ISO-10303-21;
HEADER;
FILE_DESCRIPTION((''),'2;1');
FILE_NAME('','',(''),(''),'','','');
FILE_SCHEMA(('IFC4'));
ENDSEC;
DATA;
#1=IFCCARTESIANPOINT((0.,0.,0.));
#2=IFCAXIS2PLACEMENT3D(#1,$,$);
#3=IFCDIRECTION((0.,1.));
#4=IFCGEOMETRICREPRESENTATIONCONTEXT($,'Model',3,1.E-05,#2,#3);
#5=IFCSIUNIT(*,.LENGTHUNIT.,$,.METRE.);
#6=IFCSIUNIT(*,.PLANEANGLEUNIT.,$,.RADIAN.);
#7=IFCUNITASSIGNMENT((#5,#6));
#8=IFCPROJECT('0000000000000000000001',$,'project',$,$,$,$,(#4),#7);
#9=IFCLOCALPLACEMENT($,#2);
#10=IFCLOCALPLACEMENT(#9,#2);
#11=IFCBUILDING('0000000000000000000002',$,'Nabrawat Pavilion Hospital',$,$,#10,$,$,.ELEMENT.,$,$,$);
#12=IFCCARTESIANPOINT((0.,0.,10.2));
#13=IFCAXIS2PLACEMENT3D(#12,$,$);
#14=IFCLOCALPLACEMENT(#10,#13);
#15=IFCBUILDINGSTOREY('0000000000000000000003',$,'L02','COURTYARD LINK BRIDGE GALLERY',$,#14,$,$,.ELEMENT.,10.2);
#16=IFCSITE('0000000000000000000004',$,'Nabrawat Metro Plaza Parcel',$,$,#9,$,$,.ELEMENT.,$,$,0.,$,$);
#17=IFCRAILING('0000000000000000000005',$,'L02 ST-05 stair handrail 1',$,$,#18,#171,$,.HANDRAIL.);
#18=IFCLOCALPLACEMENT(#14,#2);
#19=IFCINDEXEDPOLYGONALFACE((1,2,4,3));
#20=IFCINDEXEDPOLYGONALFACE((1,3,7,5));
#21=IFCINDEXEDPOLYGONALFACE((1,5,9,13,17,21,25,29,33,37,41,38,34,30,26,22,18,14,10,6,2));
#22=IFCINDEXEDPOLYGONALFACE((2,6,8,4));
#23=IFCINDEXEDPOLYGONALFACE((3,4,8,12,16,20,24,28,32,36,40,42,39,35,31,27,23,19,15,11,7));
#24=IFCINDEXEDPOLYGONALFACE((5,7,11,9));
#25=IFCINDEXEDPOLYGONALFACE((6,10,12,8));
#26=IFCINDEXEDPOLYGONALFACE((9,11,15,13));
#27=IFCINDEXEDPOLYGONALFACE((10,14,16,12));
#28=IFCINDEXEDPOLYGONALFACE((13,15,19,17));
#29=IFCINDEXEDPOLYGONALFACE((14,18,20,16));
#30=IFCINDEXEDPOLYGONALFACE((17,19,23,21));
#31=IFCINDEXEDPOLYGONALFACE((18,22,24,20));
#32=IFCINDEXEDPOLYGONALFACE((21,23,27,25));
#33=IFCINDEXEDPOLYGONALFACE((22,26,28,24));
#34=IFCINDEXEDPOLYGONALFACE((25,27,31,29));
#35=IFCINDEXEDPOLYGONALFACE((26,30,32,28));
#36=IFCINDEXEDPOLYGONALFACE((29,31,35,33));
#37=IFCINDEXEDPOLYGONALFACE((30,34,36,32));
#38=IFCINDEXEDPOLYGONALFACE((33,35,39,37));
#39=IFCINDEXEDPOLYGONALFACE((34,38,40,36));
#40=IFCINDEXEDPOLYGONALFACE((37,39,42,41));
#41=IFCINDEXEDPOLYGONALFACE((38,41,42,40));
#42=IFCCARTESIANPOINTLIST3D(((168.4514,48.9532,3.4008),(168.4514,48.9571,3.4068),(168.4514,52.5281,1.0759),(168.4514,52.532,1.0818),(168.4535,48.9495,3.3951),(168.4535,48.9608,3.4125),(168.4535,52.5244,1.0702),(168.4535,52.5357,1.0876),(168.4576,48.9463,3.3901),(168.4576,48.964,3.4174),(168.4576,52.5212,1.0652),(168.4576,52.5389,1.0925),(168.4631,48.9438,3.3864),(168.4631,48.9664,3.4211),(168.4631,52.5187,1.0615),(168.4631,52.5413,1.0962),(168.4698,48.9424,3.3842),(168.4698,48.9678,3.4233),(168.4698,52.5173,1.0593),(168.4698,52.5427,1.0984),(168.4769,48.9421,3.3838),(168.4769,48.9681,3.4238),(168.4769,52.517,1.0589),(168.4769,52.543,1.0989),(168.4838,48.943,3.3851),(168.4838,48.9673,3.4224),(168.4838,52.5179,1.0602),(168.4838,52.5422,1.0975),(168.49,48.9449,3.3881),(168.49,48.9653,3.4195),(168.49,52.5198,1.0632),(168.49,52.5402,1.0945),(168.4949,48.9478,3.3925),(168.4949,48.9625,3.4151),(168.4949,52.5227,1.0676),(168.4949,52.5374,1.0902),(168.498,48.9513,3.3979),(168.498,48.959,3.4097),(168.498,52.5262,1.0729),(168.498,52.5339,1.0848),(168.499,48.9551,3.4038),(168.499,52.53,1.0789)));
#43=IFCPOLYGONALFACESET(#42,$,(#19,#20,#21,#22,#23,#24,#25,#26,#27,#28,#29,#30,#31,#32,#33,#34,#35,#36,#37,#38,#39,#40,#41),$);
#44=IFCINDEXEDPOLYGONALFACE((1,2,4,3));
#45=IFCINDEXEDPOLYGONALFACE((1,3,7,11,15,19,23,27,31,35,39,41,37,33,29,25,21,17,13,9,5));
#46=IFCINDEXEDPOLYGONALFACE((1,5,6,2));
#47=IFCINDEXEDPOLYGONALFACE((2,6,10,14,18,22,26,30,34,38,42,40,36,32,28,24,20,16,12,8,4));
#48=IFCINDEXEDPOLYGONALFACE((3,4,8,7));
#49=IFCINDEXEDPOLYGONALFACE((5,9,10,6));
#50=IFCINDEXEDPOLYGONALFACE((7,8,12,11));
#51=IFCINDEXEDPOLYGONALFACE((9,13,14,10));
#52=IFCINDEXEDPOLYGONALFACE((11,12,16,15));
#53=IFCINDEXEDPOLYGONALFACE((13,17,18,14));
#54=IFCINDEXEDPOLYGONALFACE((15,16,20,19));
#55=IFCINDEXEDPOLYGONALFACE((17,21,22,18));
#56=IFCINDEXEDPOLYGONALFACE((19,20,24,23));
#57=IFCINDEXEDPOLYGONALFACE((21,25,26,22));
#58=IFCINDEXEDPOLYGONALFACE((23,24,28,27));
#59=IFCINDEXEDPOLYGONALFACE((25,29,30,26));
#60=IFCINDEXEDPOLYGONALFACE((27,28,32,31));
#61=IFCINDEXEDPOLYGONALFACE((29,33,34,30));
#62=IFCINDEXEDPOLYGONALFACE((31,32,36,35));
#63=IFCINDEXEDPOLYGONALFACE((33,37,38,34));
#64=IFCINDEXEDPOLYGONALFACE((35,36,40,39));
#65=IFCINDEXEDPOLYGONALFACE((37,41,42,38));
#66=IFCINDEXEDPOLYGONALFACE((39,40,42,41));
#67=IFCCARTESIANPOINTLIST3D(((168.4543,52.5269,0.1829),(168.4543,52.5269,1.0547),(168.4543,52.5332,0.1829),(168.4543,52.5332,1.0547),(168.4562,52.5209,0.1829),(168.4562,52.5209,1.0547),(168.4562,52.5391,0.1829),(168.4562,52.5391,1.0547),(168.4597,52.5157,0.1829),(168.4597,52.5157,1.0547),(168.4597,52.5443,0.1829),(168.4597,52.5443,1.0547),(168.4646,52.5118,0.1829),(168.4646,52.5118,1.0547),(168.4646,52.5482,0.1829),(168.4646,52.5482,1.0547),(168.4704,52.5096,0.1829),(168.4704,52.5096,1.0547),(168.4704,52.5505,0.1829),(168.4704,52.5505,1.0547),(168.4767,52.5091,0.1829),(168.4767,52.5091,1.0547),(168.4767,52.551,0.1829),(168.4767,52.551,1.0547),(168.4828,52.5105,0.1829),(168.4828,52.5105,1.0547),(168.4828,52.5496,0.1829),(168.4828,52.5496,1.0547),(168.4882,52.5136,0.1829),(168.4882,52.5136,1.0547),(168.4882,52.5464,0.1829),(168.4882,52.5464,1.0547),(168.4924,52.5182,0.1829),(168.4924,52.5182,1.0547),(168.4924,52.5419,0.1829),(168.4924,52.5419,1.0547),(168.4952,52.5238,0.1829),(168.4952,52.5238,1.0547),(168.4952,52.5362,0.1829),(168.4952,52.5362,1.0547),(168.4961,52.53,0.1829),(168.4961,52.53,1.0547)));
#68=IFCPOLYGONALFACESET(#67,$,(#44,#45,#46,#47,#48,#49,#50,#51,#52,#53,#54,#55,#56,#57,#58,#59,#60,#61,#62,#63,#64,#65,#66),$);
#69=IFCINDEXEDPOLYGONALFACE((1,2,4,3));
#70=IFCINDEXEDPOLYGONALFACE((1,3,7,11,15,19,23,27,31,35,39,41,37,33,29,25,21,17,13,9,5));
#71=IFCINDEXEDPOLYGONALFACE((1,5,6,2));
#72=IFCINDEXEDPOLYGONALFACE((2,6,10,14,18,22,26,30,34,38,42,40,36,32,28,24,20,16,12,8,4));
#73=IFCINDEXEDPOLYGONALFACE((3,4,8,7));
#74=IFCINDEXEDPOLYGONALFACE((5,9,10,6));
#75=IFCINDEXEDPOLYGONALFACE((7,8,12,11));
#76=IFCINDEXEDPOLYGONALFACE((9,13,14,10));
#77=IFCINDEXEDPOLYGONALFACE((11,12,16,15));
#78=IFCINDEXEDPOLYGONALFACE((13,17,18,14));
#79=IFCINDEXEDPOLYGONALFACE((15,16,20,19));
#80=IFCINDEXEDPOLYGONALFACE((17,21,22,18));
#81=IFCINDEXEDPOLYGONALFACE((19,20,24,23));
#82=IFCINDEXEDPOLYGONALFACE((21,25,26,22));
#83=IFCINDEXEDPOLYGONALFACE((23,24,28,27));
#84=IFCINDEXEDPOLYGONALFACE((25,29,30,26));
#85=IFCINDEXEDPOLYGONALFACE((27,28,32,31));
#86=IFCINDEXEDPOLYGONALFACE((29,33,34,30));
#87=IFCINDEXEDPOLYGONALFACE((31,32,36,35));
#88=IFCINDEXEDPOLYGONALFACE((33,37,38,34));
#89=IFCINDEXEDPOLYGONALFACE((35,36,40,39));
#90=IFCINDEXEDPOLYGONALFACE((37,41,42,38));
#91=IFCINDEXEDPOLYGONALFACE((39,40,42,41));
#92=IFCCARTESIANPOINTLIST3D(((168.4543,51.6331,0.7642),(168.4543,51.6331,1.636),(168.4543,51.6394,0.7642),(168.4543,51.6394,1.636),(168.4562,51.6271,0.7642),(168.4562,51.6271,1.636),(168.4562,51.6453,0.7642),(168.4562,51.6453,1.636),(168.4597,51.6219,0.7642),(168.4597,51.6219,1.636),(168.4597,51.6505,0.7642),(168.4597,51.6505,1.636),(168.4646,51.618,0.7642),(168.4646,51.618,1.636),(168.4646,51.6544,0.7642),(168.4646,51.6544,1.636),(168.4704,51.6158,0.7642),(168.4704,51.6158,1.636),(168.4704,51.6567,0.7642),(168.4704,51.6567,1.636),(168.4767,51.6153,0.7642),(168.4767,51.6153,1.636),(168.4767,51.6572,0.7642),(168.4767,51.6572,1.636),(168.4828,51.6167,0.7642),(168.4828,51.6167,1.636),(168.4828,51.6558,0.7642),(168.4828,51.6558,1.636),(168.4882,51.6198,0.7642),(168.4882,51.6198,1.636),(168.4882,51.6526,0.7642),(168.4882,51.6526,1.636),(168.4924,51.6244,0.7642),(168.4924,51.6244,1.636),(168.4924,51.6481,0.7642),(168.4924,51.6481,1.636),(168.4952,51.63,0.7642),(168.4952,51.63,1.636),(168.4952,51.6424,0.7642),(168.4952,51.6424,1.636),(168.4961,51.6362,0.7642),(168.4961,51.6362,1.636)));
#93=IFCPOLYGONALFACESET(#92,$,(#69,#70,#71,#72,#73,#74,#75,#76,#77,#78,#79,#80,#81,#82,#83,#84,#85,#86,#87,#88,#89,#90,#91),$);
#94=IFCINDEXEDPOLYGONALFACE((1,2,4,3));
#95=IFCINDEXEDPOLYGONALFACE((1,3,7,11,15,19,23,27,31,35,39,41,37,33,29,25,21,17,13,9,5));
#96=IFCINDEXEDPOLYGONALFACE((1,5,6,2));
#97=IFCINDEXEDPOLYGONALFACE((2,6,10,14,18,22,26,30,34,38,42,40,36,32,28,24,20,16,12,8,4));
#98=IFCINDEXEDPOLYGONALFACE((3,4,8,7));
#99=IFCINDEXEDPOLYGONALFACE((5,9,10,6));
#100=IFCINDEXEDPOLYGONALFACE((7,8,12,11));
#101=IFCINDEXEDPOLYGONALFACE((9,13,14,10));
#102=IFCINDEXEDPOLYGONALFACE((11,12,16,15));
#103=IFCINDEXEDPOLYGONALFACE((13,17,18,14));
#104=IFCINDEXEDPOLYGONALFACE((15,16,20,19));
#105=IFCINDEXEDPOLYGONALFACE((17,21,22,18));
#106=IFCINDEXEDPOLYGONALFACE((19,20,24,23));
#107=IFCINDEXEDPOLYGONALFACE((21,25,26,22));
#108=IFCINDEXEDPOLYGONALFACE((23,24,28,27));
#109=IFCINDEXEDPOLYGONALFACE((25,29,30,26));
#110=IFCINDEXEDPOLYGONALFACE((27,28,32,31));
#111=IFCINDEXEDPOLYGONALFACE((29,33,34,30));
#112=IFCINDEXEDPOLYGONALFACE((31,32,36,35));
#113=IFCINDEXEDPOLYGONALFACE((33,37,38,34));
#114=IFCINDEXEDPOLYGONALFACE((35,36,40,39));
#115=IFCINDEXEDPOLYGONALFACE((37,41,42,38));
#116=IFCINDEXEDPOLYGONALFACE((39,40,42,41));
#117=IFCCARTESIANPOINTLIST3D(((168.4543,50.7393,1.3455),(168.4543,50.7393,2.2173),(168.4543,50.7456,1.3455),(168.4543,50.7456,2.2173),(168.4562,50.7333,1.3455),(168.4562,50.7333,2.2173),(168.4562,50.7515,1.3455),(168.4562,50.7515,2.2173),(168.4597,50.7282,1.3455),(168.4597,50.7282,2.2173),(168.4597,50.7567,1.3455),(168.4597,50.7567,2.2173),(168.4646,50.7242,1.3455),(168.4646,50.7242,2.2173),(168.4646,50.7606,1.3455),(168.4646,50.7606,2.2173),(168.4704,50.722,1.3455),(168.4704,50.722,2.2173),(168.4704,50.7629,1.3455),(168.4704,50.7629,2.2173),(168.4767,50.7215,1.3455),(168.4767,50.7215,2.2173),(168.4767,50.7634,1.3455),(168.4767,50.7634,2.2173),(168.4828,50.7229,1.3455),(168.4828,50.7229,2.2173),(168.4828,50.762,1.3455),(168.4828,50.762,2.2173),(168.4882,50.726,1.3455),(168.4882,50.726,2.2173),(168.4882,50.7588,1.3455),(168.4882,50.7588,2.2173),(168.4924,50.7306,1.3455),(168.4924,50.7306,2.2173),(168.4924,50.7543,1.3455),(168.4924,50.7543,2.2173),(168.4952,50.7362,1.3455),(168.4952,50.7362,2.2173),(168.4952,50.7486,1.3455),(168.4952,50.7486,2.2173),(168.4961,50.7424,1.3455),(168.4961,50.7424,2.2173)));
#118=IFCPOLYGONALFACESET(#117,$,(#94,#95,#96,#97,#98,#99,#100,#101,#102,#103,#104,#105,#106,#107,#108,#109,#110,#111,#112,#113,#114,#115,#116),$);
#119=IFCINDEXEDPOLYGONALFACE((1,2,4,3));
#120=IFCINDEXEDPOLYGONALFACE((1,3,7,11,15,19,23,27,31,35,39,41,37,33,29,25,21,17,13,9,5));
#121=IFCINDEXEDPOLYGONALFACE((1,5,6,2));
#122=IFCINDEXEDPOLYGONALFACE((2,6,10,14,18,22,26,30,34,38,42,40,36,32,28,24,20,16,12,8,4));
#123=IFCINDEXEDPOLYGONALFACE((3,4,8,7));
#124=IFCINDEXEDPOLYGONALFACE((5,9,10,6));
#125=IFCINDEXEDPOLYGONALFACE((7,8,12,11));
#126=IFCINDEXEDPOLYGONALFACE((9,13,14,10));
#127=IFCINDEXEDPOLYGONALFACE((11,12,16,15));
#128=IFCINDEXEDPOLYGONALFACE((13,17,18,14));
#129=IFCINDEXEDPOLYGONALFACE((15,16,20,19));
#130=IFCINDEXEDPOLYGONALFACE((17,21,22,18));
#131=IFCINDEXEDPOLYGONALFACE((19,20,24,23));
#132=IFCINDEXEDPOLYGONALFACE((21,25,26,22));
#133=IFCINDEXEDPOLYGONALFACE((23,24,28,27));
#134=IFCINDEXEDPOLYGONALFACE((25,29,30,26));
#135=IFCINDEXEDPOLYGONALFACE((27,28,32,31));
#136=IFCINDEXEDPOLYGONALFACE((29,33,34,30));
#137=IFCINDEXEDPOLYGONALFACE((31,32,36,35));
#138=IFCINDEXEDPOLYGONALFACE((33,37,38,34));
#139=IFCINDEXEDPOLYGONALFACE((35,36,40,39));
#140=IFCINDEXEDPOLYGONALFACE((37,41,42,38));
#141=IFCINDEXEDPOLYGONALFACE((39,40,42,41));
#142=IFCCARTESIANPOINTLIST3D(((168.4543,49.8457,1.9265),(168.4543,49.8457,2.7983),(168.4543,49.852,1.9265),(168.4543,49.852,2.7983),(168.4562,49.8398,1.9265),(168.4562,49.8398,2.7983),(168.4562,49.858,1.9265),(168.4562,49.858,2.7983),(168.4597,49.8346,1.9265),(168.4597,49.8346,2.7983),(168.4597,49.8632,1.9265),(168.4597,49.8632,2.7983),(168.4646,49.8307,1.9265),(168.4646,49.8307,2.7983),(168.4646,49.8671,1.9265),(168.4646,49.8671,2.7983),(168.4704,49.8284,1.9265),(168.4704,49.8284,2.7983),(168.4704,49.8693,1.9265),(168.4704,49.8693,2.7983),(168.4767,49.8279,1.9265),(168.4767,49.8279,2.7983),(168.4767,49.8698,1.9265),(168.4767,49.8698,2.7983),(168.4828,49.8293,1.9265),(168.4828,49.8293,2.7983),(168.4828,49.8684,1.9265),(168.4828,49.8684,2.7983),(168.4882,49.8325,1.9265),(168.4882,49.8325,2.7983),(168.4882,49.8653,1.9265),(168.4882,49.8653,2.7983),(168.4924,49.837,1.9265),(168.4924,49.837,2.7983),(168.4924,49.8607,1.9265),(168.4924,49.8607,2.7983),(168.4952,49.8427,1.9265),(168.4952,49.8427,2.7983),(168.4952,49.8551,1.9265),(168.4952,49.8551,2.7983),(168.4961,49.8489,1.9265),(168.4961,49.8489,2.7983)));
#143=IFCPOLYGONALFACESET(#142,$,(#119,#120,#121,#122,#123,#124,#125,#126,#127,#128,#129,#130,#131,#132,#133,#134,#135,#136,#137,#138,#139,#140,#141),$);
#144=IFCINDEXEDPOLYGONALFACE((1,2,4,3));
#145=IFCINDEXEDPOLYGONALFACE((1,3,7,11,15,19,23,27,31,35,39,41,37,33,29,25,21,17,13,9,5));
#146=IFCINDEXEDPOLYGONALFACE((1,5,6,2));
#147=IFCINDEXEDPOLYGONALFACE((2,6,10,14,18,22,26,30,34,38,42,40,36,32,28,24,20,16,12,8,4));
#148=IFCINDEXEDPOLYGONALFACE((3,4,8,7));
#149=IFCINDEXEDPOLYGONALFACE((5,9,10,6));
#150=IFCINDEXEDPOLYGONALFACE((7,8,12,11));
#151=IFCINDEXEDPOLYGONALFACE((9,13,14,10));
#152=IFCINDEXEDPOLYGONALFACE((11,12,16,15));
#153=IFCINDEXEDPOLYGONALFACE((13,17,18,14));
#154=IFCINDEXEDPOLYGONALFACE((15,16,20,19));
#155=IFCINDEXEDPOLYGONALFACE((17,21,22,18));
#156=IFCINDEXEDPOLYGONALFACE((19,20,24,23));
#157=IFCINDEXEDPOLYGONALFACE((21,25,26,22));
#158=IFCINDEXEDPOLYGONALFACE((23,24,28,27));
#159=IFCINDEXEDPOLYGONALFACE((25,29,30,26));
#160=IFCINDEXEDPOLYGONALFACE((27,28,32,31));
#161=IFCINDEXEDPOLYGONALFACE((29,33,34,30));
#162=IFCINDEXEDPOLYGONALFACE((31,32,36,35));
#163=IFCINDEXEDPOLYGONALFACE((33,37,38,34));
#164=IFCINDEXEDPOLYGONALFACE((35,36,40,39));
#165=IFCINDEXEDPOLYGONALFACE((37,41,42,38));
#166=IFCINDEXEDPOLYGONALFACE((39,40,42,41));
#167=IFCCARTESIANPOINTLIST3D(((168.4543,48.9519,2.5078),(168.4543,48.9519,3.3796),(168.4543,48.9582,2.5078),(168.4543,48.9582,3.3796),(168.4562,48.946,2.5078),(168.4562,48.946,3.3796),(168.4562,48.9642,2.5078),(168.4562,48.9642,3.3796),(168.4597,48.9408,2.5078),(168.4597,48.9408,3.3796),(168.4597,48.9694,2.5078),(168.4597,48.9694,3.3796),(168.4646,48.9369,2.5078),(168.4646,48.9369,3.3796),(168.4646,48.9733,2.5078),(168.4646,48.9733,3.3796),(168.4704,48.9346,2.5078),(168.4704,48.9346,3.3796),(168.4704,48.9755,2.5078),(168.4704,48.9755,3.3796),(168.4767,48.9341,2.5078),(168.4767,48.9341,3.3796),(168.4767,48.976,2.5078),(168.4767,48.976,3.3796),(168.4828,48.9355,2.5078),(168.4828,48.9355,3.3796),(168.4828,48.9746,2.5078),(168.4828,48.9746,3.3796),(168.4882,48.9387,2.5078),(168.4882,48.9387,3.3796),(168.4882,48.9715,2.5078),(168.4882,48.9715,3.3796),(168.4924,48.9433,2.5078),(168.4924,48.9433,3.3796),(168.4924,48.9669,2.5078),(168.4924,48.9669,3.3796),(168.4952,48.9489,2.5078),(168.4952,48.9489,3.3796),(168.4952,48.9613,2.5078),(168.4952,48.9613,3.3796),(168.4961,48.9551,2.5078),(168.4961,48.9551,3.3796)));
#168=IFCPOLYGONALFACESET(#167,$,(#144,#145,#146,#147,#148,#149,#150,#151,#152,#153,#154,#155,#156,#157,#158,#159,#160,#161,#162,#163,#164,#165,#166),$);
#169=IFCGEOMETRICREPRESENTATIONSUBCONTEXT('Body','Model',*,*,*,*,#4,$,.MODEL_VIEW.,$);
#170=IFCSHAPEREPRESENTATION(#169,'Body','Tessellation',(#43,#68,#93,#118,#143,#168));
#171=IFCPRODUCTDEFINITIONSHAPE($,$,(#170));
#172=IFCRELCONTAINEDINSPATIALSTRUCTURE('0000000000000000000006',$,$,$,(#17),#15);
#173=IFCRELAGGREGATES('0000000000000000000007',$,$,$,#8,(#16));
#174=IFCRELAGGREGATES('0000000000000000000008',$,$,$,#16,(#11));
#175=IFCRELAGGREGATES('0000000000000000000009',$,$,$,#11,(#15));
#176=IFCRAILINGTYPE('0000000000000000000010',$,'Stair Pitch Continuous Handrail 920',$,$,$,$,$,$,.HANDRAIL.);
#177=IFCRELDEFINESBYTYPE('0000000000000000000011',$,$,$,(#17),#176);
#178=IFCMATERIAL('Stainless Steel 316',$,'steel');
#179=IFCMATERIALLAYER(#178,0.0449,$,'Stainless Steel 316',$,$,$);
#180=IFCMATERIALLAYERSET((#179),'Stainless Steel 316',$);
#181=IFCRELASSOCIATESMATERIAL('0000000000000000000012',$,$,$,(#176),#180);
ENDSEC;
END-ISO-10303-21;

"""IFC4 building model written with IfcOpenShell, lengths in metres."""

from ifc_helpers import new_model, si_unit, direction, frame, origin, origin_2d, place, context, subcontext, project, spatial, circle, extrude, material, layer, layer_set, type_object, element, save


model = new_model("IFC4")

# Units and contexts
model_context = context("Model", 3, precision=1e-05, world=origin(), true_north=direction((0.0, 1.0)))
body_context = subcontext(model_context, "Body", "Model", "MODEL_VIEW")
ifc_project = project(units=[si_unit("LENGTHUNIT", "METRE"), si_unit("PLANEANGLEUNIT", "RADIAN")], contexts=[model_context])

# Site, building, storey
site_placement = place(None, origin())
site = spatial("IfcSite", under=ifc_project, at=site_placement, Name="Nabrawat Metro Plaza Parcel", CompositionType="ELEMENT", RefElevation=0.0)
building_placement = place(site_placement, origin())
building = spatial("IfcBuilding", under=site, at=building_placement, Name="Nabrawat Pavilion Hospital", CompositionType="ELEMENT")
storey_placement = place(building_placement, frame((0.0, 0.0, 10.2)))
storey = spatial("IfcBuildingStorey", under=building, at=storey_placement, Name="L02", Description="COURTYARD LINK BRIDGE GALLERY", CompositionType="ELEMENT", Elevation=10.2)

# Railing
ifc_material_1 = material(Name="Stainless Steel 316", Category="steel")
ifc_layer_1 = layer(ifc_material_1, 0.0449, Name="Stainless Steel 316")
ifc_layer_set_1 = layer_set([ifc_layer_1], Name="Stainless Steel 316")
railing_type_1 = type_object("IfcRailingType", Name="Stair Pitch Continuous Handrail 920", PredefinedType="HANDRAIL", material=ifc_layer_set_1)
railing_1_placement = place(storey_placement, frame((168.4751, 52.53, 0.1829)))
element("IfcRailing", 1, at=railing_1_placement, inside=storey, type_object=railing_type_1, Name="L02 ST-05 stair handrail 1", PredefinedType="HANDRAIL", context=body_context, shape_type="SweptSolid", body=[
    extrude(circle(Radius=0.0239, at=origin_2d()), frame((0.0, 0.0, 0.896), z_axis=(0.0, -0.838311, 0.545192), x_axis=(1.0, 0.0, 0.0)), (0.0, 0.0, 1.0), 4.2644),
    extrude(circle(Radius=0.021, at=origin_2d()), origin(), (0.0, 0.0, 1.0), 0.8718),
    extrude(circle(Radius=0.021, at=origin_2d()), frame((0.0, -0.8938, 0.5813)), (0.0, 0.0, 1.0), 0.8718),
    extrude(circle(Radius=0.021, at=origin_2d()), frame((0.0, -1.7876, 1.1626)), (0.0, 0.0, 1.0), 0.8718),
    extrude(circle(Radius=0.021, at=origin_2d()), frame((0.0, -2.6812, 1.7437)), (0.0, 0.0, 1.0), 0.8718),
    extrude(circle(Radius=0.021, at=origin_2d()), frame((0.0, -3.575, 2.325)), (0.0, 0.0, 1.0), 0.8718),
])

save(model, "model.ifc")
